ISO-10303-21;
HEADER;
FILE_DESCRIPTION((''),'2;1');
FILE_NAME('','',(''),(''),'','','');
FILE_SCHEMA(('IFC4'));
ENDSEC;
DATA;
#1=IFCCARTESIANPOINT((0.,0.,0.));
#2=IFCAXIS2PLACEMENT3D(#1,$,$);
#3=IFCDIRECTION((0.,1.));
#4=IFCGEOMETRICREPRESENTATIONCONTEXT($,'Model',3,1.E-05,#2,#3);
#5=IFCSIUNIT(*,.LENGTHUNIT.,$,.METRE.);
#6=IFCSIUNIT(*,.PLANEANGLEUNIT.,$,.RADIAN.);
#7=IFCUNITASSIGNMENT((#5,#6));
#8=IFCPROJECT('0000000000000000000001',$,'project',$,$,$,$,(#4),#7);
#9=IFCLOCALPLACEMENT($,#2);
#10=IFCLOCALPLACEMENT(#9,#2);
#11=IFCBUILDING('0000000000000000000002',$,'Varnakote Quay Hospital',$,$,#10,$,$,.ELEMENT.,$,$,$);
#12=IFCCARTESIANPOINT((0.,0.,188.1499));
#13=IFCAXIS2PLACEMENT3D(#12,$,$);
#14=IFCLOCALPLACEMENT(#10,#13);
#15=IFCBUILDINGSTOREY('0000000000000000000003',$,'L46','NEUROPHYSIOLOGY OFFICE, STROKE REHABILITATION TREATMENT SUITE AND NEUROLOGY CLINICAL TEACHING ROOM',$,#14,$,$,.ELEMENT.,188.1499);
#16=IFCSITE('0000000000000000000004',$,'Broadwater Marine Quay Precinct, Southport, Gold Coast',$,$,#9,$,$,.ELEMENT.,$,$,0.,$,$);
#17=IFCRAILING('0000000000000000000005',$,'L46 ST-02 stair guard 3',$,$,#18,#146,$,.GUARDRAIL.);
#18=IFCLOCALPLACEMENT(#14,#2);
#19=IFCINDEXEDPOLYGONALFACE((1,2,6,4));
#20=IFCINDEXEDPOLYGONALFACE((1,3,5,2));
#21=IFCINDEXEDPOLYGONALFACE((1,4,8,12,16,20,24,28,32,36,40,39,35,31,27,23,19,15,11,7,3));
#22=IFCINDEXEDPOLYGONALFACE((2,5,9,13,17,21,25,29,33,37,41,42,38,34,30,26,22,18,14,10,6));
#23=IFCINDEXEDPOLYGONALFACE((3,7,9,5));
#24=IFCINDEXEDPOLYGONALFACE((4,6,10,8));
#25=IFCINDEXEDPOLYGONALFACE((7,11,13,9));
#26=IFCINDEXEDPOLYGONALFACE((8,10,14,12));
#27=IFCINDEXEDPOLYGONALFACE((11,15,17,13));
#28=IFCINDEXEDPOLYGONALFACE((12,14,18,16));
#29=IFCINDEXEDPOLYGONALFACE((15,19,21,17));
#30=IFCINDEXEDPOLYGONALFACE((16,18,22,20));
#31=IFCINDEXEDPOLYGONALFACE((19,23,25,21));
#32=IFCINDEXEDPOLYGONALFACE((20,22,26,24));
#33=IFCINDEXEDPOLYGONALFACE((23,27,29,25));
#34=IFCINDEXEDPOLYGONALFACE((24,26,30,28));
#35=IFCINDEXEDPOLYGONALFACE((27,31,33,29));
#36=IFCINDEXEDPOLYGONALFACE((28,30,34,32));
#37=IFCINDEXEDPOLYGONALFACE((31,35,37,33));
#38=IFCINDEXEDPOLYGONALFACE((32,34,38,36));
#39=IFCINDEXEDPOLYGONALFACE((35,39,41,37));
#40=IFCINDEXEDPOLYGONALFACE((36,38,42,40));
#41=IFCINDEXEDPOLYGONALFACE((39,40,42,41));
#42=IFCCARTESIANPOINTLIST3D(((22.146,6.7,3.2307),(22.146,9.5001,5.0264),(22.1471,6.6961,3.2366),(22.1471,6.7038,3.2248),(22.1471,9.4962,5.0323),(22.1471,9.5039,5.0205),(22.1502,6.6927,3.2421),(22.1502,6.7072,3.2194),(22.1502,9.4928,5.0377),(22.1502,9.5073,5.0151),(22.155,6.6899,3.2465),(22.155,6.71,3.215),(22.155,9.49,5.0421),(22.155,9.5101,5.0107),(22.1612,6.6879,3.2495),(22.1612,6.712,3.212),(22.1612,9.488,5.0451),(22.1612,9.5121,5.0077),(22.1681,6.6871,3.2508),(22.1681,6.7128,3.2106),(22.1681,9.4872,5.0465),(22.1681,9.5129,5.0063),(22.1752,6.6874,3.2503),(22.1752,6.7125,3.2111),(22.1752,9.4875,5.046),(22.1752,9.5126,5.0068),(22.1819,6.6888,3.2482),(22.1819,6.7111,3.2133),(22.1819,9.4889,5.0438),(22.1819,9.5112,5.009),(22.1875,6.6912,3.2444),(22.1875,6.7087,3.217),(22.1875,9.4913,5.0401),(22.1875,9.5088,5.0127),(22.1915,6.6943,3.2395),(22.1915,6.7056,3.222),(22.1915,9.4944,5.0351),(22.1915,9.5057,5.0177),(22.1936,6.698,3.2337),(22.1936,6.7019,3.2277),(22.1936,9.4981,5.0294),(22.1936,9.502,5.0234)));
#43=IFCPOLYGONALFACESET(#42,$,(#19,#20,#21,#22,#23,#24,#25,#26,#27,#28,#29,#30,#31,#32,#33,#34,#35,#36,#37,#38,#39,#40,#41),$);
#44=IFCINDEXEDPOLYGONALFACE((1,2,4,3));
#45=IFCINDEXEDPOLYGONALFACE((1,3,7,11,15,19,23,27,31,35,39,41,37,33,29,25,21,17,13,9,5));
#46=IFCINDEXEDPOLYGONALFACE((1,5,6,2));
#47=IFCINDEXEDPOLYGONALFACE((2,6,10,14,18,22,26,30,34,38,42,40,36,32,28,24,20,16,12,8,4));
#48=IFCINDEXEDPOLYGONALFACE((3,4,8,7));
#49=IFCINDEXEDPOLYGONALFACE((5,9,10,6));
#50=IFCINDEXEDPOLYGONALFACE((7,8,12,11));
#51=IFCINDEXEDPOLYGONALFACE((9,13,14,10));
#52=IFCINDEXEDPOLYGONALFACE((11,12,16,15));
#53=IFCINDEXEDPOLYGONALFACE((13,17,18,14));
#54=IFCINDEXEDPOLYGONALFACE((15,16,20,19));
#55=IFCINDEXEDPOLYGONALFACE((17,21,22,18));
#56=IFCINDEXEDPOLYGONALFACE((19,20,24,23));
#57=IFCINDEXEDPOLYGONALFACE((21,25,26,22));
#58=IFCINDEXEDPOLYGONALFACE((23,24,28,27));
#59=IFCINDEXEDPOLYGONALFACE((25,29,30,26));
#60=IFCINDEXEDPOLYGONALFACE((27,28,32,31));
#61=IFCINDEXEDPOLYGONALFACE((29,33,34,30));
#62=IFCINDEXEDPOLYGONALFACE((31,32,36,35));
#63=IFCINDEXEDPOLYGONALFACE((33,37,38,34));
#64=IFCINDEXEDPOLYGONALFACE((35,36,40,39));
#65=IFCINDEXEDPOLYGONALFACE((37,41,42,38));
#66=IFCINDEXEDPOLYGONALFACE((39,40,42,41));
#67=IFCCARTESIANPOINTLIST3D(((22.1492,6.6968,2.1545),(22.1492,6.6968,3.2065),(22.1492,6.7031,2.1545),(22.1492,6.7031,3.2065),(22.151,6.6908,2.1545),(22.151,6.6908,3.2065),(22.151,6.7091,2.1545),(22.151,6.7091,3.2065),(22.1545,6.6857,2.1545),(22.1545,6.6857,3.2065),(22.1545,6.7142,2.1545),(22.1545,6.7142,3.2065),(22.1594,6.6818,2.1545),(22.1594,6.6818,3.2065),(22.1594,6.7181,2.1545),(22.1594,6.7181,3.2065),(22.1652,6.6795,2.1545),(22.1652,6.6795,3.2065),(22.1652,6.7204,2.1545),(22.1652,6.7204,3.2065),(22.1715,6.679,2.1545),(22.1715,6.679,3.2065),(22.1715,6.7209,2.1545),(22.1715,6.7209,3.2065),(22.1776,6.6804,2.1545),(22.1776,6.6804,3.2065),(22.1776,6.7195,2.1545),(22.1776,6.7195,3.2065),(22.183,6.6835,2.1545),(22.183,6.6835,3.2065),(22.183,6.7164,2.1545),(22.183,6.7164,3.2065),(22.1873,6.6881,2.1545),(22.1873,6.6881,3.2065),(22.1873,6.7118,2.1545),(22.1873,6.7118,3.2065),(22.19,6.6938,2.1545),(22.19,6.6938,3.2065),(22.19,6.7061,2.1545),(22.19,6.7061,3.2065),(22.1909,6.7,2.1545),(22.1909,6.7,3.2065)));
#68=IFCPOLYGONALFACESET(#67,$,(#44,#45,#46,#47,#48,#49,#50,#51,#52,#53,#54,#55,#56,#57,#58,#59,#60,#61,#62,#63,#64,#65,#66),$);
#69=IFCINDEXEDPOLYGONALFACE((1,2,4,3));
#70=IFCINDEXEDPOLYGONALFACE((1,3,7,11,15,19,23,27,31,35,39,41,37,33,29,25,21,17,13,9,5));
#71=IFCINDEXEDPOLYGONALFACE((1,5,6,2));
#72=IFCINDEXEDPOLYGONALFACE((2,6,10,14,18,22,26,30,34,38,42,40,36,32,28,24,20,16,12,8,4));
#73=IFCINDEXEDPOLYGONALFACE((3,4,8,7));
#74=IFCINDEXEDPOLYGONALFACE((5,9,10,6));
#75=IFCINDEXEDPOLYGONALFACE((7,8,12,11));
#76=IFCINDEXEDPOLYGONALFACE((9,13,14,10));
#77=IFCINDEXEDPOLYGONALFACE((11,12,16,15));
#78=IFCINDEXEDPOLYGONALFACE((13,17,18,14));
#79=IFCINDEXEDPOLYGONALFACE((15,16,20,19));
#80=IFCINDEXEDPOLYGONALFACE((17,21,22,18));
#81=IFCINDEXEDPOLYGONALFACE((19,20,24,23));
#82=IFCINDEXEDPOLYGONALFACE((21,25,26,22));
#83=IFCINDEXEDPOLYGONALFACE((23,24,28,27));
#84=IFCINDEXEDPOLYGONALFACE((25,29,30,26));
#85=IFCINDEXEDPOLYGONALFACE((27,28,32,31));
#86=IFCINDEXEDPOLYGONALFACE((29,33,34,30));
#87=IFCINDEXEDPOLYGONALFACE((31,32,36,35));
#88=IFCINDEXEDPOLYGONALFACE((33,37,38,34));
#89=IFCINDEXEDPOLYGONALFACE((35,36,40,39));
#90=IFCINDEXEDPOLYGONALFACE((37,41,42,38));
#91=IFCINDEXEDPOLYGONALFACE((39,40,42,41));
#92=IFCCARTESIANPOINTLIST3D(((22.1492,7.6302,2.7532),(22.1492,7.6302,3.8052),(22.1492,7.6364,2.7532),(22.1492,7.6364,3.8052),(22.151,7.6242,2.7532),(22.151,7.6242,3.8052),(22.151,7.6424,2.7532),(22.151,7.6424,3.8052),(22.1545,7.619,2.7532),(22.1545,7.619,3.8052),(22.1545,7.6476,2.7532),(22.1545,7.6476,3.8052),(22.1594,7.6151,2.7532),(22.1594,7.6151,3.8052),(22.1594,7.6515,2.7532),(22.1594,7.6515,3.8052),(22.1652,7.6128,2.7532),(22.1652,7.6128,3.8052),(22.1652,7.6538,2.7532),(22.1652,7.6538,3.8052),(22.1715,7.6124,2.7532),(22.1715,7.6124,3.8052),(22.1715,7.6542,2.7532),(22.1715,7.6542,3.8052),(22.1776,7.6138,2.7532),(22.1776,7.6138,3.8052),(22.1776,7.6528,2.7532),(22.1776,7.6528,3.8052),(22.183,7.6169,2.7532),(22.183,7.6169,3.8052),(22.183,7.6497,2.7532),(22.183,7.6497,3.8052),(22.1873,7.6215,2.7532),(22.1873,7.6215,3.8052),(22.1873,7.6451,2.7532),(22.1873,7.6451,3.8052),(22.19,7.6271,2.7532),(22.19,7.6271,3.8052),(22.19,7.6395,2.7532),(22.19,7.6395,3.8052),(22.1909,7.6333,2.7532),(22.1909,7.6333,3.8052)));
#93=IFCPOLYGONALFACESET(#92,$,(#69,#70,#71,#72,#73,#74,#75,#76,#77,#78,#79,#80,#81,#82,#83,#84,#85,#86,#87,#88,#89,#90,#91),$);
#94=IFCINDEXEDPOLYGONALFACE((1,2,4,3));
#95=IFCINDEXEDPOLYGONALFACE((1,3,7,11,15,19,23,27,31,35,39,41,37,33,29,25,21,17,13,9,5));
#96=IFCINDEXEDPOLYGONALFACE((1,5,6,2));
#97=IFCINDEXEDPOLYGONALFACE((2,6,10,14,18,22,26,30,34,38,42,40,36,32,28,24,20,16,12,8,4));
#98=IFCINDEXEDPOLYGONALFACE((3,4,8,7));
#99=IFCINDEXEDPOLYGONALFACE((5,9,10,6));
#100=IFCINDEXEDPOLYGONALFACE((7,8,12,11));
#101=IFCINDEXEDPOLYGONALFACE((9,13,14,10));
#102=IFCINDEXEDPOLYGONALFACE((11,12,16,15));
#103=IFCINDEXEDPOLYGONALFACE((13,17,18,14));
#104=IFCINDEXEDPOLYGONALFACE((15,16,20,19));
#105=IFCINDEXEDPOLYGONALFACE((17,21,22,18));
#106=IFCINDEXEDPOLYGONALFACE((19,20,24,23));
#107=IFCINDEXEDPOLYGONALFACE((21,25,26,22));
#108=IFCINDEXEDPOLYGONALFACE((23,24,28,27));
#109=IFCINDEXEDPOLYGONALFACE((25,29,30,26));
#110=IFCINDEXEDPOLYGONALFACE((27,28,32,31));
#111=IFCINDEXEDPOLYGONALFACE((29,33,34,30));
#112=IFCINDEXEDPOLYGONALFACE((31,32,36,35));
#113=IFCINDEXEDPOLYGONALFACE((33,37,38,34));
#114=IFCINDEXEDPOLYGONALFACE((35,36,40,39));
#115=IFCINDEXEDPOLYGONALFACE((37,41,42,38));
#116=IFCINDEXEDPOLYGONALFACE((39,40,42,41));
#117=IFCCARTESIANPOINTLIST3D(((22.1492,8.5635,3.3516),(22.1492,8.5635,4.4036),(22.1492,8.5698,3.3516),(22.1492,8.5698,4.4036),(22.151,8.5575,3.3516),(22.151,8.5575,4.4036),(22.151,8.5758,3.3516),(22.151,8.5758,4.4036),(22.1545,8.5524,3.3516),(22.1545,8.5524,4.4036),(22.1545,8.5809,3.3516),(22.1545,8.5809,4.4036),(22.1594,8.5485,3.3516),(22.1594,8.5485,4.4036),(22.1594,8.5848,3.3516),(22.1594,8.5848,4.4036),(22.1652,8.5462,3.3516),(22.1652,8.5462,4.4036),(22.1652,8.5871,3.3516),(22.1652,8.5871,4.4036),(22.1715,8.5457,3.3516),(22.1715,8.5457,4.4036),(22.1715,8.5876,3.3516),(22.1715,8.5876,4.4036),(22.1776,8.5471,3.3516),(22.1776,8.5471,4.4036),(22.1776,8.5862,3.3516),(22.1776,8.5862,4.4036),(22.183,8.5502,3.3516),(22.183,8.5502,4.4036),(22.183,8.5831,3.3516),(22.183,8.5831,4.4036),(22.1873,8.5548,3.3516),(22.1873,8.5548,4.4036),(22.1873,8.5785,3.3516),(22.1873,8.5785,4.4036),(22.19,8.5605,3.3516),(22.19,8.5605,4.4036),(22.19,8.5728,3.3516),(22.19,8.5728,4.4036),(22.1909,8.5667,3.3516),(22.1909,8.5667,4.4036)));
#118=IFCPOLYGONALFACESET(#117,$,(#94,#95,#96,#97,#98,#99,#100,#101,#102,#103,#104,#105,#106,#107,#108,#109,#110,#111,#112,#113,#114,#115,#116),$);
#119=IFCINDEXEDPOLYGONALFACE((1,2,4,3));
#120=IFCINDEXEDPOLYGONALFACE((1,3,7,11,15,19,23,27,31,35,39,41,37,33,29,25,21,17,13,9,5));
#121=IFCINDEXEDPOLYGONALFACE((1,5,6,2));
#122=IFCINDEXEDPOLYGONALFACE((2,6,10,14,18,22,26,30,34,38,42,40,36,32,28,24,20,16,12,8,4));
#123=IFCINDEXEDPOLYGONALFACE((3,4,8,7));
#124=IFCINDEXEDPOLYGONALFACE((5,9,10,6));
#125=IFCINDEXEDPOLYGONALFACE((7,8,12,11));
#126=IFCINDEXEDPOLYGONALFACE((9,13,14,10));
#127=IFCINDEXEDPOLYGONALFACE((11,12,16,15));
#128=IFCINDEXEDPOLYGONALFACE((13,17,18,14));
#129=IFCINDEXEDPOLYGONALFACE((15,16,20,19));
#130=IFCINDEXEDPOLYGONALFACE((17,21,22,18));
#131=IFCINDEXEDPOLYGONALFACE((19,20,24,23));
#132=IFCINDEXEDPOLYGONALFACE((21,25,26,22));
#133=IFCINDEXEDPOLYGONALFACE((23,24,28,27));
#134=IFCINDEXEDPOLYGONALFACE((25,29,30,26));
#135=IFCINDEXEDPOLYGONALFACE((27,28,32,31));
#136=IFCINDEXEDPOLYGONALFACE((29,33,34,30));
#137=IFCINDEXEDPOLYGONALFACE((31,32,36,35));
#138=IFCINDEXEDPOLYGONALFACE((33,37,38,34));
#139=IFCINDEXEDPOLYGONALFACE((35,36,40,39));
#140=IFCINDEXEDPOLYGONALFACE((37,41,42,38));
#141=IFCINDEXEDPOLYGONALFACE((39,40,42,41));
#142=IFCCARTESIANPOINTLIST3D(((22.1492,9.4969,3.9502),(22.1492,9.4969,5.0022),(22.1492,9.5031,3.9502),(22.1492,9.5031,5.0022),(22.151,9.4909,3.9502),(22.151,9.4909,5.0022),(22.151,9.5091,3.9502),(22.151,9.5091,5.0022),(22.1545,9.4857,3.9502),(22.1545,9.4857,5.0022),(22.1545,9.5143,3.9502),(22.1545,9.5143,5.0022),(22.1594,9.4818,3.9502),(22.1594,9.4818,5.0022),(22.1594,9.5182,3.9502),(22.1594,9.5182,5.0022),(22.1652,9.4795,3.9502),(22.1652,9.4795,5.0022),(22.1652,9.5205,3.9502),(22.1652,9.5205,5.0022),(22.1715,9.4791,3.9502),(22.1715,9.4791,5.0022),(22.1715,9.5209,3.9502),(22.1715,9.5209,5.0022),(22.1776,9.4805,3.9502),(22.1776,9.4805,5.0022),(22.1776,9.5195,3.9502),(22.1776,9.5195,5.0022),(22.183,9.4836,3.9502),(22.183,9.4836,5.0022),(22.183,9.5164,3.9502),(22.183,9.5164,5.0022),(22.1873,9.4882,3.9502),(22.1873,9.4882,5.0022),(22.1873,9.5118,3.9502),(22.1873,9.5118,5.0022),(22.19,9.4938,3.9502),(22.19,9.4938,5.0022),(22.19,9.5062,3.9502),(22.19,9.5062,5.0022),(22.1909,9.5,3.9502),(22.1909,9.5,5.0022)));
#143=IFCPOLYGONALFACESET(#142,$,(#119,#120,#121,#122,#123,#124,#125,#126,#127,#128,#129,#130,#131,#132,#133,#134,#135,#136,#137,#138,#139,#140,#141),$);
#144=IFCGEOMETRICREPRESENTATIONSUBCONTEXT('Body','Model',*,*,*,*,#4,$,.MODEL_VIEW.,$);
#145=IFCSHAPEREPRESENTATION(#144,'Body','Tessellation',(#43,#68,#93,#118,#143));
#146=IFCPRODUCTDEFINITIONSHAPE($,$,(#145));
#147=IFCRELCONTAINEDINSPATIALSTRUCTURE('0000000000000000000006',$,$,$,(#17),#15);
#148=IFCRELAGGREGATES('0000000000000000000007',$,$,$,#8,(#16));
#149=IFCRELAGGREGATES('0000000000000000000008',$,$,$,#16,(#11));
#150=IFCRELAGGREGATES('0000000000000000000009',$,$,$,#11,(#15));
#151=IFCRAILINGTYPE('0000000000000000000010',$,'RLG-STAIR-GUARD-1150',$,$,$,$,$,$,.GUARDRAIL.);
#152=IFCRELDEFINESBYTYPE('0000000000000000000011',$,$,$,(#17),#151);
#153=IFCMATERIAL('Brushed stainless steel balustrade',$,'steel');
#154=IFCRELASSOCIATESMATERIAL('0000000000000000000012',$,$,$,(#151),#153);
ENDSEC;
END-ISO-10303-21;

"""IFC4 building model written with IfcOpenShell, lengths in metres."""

from ifc_helpers import new_model, si_unit, direction, frame, origin, origin_2d, place, context, subcontext, project, spatial, circle, extrude, material, type_object, element, save


model = new_model("IFC4")

# Units and contexts
model_context = context("Model", 3, precision=1e-05, world=origin(), true_north=direction((0.0, 1.0)))
body_context = subcontext(model_context, "Body", "Model", "MODEL_VIEW")
ifc_project = project(units=[si_unit("LENGTHUNIT", "METRE"), si_unit("PLANEANGLEUNIT", "RADIAN")], contexts=[model_context])

# Site, building, storey
site_placement = place(None, origin())
site = spatial("IfcSite", under=ifc_project, at=site_placement, Name="Broadwater Marine Quay Precinct, Southport, Gold Coast", CompositionType="ELEMENT", RefElevation=0.0)
building_placement = place(site_placement, origin())
building = spatial("IfcBuilding", under=site, at=building_placement, Name="Varnakote Quay Hospital", CompositionType="ELEMENT")
storey_placement = place(building_placement, frame((0.0, 0.0, 188.1499)))
storey = spatial("IfcBuildingStorey", under=building, at=storey_placement, Name="L46", Description="NEUROPHYSIOLOGY OFFICE, STROKE REHABILITATION TREATMENT SUITE AND NEUROLOGY CLINICAL TEACHING ROOM", CompositionType="ELEMENT", Elevation=188.1499)

# Railing
ifc_material_1 = material(Name="Brushed stainless steel balustrade", Category="steel")
railing_type_1 = type_object("IfcRailingType", Name="RLG-STAIR-GUARD-1150", PredefinedType="GUARDRAIL", material=ifc_material_1)
railing_1_placement = place(storey_placement, frame((22.1699, 6.7, 2.1545)))
element("IfcRailing", 1, at=railing_1_placement, inside=storey, type_object=railing_type_1, Name="L46 ST-02 stair guard 3", PredefinedType="GUARDRAIL", context=body_context, shape_type="SweptSolid", body=[
    extrude(circle(Radius=0.0239, at=origin_2d()), frame((0.0, 0.0, 1.0762), z_axis=(0.0, 0.841777, 0.539826), x_axis=(-1.0, 0.0, 0.0)), (0.0, 0.0, 1.0), 3.3264),
    extrude(circle(Radius=0.021, at=origin_2d()), origin(), (0.0, 0.0, 1.0), 1.052),
    extrude(circle(Radius=0.021, at=origin_2d()), frame((0.0, 0.9333, 0.5986)), (0.0, 0.0, 1.0), 1.052),
    extrude(circle(Radius=0.021, at=origin_2d()), frame((0.0, 1.8667, 1.197)), (0.0, 0.0, 1.0), 1.052),
    extrude(circle(Radius=0.021, at=origin_2d()), frame((0.0, 2.8, 1.7957)), (0.0, 0.0, 1.0), 1.052),
])

save(model, "model.ifc")
